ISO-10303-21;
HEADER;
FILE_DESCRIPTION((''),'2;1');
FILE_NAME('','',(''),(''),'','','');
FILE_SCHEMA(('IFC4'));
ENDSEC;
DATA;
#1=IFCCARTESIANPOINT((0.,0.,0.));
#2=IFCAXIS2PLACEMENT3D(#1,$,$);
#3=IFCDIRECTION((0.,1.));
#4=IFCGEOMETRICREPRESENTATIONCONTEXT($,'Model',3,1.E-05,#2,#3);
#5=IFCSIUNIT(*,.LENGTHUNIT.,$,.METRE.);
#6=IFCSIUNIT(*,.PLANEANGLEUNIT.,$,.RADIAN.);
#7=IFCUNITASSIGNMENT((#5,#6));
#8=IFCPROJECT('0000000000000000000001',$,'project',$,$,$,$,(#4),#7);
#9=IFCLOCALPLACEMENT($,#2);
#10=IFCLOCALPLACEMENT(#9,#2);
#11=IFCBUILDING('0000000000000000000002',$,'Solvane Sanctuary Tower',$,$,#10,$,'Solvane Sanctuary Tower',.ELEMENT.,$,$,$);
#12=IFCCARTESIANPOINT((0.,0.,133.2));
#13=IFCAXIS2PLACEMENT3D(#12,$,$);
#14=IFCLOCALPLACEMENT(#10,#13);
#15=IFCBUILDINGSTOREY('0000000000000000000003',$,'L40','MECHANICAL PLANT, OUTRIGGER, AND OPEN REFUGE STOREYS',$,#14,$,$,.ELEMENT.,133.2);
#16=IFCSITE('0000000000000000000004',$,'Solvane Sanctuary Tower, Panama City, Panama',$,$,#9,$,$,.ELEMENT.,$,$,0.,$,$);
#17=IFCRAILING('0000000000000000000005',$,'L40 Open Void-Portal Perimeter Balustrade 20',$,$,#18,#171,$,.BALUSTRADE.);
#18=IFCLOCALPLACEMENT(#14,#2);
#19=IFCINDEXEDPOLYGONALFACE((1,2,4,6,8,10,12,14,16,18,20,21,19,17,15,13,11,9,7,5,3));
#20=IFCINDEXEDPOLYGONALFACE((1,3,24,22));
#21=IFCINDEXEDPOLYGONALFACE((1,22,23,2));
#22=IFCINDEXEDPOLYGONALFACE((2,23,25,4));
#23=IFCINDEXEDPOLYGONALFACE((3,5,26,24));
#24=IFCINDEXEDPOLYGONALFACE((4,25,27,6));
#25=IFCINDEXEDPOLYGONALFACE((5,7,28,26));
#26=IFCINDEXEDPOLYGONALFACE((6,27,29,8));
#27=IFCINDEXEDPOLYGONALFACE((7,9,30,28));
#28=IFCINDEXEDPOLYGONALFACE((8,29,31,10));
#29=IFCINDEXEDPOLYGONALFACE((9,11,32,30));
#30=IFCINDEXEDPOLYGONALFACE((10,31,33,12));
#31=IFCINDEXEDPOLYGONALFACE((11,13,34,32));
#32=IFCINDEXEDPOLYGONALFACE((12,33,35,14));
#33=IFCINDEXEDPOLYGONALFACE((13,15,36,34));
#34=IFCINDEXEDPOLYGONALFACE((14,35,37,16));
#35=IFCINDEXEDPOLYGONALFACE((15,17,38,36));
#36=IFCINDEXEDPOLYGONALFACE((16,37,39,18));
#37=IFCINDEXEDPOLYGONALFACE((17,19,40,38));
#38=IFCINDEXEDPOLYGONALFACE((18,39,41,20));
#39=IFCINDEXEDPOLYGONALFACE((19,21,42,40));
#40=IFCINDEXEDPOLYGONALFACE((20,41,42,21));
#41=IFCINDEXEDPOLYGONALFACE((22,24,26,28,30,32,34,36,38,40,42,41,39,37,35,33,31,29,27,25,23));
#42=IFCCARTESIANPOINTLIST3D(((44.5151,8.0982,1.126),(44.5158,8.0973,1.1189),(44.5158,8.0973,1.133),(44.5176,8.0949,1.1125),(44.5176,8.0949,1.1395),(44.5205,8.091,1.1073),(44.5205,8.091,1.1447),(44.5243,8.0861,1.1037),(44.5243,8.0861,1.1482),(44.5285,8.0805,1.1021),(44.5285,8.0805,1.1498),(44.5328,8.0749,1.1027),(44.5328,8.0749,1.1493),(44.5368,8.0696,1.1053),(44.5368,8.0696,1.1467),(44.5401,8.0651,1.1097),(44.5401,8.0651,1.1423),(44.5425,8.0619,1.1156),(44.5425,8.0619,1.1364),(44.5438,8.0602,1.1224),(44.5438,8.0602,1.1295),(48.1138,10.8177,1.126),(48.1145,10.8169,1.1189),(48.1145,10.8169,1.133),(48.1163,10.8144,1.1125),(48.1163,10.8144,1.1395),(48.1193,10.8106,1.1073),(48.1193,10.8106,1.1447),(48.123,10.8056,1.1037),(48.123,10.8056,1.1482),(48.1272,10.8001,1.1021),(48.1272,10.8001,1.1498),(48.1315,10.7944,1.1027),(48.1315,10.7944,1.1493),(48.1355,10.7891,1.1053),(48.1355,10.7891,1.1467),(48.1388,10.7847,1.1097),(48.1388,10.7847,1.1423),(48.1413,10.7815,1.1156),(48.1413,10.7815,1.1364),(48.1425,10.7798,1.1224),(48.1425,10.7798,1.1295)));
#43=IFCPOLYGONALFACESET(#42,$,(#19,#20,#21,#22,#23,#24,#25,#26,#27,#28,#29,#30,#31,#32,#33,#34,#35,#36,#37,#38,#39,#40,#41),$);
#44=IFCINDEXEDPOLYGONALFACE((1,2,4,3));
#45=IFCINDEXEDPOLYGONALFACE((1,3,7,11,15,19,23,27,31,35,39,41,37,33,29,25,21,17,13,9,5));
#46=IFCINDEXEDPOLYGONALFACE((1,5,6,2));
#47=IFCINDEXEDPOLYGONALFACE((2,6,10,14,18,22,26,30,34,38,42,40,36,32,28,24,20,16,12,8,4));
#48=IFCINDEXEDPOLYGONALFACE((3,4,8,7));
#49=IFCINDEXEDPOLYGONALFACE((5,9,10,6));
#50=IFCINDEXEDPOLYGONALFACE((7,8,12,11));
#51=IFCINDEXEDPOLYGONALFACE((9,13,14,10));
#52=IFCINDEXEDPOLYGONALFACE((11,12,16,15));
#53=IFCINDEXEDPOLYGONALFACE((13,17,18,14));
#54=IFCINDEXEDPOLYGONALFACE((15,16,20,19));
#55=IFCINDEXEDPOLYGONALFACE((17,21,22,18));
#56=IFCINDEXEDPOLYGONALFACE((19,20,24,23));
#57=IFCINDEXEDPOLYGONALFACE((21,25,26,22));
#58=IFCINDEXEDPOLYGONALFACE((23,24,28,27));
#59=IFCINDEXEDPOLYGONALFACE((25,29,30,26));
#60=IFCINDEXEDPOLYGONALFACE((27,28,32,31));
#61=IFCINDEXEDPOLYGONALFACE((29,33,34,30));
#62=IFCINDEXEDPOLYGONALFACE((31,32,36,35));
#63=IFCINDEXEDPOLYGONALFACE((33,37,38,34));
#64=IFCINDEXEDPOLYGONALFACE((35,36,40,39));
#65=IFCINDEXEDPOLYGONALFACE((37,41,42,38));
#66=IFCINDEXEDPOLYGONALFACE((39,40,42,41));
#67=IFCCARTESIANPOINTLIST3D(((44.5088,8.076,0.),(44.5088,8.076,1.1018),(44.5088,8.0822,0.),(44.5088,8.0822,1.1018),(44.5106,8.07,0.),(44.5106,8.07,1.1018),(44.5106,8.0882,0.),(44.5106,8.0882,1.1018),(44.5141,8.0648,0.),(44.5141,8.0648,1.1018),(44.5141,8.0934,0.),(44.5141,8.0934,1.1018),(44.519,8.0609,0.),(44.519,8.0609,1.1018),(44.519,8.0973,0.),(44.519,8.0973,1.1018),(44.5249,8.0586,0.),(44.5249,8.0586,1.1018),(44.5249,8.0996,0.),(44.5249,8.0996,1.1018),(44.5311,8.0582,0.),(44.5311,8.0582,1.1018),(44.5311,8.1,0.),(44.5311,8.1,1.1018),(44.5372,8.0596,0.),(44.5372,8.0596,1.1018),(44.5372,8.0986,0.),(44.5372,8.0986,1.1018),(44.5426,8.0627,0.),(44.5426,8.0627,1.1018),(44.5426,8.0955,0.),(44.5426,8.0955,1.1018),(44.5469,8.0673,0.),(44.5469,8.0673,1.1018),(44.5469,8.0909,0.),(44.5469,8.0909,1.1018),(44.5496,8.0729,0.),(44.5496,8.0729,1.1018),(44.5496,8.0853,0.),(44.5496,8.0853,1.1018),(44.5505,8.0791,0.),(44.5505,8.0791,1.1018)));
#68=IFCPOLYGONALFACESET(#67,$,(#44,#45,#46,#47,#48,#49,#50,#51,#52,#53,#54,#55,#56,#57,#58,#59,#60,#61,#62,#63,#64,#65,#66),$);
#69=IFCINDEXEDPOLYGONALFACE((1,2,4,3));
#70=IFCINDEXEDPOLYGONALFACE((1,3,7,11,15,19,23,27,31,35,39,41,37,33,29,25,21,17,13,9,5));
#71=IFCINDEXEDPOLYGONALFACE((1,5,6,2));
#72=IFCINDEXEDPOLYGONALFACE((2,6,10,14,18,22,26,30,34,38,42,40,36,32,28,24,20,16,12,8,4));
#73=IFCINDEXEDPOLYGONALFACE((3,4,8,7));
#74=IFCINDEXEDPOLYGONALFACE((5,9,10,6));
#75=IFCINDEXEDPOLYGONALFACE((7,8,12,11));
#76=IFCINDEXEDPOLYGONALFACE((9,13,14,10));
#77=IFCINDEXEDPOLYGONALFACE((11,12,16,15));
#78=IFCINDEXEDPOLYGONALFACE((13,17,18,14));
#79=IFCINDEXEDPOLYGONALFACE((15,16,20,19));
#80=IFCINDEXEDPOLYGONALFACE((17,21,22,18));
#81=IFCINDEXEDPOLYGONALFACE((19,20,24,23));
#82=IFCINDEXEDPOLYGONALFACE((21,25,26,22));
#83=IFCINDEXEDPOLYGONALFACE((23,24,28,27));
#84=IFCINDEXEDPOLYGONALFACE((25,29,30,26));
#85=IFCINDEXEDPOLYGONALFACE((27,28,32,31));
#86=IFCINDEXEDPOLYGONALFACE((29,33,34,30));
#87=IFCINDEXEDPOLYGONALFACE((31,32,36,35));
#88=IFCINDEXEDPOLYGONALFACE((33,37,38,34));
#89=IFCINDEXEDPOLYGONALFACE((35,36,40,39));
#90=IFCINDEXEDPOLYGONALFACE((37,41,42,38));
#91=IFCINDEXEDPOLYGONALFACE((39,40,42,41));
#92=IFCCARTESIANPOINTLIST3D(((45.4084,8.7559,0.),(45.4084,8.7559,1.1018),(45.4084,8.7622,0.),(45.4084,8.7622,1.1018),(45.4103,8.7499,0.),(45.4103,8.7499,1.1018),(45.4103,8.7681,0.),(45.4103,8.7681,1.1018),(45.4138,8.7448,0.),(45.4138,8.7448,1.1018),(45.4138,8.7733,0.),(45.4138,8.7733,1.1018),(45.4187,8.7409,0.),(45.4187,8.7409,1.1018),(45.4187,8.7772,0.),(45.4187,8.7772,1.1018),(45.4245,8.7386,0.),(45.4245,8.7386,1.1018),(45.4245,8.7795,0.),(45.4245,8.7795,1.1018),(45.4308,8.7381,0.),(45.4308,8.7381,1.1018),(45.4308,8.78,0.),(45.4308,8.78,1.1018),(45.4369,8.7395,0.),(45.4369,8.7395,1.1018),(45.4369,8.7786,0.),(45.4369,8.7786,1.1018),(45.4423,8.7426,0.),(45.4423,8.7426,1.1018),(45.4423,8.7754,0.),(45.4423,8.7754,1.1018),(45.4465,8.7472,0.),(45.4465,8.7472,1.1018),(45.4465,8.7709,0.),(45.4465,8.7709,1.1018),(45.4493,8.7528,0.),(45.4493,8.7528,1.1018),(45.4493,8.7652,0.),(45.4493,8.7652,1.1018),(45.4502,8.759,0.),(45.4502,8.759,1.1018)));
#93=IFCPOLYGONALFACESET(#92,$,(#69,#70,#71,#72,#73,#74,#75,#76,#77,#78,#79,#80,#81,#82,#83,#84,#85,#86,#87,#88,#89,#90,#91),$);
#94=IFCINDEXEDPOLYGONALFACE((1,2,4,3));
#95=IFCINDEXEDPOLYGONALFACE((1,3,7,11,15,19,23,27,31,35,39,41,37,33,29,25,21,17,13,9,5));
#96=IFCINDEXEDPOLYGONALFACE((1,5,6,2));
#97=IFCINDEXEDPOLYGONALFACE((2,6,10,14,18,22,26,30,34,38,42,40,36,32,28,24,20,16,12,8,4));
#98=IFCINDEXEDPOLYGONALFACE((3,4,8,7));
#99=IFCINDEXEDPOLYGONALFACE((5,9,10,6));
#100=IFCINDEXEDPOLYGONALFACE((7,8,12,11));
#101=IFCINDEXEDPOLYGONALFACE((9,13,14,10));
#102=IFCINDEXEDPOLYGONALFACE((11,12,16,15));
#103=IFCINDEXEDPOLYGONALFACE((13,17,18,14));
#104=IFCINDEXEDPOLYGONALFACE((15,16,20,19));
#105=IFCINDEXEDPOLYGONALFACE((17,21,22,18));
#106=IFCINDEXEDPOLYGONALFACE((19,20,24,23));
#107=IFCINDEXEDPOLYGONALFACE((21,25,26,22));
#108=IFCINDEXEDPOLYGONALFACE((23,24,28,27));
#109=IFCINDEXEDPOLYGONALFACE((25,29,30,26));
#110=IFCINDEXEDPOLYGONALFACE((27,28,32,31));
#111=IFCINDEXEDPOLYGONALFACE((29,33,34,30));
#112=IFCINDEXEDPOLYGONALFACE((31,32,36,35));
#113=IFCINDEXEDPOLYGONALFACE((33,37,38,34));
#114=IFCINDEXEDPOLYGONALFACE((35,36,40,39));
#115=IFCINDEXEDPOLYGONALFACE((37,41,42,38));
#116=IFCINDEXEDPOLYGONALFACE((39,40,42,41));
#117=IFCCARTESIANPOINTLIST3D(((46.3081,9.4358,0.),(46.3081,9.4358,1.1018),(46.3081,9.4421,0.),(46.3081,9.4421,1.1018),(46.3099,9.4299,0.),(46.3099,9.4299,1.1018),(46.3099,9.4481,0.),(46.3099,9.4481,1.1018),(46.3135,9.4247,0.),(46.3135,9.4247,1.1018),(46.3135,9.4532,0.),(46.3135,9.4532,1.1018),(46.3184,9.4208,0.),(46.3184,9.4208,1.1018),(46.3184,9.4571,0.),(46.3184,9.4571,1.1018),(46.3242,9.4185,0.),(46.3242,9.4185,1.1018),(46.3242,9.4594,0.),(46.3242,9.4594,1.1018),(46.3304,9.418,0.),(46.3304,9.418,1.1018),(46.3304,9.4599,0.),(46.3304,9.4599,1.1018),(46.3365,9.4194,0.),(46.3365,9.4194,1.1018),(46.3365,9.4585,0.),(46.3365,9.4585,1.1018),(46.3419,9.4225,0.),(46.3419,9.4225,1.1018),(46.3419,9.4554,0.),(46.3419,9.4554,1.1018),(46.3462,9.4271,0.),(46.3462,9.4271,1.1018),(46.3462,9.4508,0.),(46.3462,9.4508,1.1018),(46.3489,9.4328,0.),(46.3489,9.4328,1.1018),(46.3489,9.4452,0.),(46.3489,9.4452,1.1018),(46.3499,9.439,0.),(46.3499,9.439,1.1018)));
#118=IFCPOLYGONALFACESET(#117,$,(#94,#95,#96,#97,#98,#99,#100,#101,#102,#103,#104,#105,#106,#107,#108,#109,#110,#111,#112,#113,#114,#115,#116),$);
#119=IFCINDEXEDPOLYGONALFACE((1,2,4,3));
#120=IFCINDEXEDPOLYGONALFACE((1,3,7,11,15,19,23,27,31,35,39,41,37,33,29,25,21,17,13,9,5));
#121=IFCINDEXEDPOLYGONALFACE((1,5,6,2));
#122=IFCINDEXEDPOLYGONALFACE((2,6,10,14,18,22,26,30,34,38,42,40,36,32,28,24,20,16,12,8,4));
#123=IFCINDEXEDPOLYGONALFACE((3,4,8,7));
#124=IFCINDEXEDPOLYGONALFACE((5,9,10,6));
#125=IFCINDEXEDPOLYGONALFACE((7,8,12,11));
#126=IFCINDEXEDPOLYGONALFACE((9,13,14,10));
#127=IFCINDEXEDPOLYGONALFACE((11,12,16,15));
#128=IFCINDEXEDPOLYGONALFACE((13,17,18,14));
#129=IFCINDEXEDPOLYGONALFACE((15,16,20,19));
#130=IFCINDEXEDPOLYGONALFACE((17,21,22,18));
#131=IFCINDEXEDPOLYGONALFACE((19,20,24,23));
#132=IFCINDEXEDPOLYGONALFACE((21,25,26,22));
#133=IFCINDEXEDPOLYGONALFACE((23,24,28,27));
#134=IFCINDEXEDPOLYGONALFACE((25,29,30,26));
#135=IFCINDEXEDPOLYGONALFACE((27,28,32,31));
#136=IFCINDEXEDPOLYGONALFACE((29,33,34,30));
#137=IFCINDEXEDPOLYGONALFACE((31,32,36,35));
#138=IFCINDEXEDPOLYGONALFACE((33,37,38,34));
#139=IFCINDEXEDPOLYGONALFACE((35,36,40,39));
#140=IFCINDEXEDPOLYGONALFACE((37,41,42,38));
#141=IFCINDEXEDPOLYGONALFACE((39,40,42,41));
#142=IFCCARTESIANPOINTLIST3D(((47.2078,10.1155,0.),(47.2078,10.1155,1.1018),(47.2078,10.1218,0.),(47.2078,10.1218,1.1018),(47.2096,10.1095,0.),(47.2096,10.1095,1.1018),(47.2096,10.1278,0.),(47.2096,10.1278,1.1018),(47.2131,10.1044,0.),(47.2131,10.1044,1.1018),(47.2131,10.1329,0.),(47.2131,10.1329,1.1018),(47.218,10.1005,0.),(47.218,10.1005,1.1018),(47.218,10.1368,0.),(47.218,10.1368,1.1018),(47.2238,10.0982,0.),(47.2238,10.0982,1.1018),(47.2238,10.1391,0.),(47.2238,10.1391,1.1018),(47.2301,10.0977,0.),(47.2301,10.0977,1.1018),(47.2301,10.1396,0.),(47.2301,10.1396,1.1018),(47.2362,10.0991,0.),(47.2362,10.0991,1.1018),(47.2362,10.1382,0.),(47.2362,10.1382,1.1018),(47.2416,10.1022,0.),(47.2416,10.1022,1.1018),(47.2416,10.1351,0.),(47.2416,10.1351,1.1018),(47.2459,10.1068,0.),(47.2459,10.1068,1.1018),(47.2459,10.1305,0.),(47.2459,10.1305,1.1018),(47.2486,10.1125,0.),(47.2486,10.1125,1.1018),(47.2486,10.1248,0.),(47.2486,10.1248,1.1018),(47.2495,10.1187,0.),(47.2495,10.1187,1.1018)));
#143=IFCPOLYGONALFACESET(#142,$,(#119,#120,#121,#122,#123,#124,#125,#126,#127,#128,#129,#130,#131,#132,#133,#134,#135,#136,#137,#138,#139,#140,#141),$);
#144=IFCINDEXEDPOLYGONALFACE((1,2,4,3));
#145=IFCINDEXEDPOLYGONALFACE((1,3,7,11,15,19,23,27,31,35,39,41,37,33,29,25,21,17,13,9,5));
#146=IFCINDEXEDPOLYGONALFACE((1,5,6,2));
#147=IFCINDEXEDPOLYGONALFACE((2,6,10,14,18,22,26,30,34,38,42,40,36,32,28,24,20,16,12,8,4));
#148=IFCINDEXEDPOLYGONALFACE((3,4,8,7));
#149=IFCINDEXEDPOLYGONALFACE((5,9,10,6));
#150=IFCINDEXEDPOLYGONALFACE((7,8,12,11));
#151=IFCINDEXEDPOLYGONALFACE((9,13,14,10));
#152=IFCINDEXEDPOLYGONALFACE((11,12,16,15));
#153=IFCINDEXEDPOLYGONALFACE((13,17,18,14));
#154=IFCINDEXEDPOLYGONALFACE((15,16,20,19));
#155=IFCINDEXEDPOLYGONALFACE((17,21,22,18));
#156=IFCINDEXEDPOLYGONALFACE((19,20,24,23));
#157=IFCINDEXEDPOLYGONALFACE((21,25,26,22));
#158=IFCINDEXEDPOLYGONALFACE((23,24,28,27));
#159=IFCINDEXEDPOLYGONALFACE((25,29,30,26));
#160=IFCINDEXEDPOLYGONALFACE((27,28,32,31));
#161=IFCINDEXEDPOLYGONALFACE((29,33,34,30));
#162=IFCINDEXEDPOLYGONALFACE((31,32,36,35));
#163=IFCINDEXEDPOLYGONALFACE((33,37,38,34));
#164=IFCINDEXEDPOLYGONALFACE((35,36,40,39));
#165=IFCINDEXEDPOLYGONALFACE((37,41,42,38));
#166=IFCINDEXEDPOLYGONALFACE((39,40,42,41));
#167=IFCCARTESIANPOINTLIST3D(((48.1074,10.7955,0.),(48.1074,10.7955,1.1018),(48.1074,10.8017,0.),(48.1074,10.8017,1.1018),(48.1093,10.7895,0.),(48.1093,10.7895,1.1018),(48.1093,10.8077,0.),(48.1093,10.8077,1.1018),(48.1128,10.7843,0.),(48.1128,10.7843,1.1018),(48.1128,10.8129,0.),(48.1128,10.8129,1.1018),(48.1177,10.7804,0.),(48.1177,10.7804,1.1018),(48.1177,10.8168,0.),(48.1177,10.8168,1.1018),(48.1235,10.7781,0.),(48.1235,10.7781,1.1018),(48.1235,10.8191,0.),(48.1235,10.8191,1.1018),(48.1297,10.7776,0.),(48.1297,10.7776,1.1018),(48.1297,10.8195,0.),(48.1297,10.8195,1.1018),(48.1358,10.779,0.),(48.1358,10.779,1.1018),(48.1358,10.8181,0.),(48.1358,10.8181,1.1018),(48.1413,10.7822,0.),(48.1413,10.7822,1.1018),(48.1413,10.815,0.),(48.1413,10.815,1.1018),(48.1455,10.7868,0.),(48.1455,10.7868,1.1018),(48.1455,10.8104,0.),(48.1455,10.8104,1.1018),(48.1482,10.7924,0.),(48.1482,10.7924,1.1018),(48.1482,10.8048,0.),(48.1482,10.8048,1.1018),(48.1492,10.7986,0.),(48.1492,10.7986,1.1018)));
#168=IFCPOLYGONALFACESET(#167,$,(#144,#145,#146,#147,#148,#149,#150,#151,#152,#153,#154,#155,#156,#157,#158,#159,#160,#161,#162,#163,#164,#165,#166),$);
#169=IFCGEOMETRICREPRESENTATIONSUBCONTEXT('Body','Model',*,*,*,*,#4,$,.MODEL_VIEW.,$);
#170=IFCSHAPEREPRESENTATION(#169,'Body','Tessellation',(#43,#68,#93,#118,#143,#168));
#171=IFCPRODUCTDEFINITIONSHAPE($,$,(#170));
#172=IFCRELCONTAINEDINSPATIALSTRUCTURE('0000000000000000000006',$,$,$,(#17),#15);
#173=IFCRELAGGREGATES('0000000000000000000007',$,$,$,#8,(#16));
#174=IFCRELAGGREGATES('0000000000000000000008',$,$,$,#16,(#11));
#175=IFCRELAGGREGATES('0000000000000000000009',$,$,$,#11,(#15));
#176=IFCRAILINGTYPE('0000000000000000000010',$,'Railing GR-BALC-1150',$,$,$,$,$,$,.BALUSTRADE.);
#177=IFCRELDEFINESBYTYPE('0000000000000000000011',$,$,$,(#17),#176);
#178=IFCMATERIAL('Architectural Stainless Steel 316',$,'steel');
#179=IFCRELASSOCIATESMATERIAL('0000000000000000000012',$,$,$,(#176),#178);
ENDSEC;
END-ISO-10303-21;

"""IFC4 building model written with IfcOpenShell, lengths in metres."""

from ifc_helpers import new_model, si_unit, direction, frame, origin, origin_2d, place, context, subcontext, project, spatial, circle, extrude, material, type_object, element, save


model = new_model("IFC4")

# Units and contexts
model_context = context("Model", 3, precision=1e-05, world=origin(), true_north=direction((0.0, 1.0)))
body_context = subcontext(model_context, "Body", "Model", "MODEL_VIEW")
ifc_project = project(units=[si_unit("LENGTHUNIT", "METRE"), si_unit("PLANEANGLEUNIT", "RADIAN")], contexts=[model_context])

# Site, building, storey
site_placement = place(None, origin())
site = spatial("IfcSite", under=ifc_project, at=site_placement, Name="Solvane Sanctuary Tower, Panama City, Panama", CompositionType="ELEMENT", RefElevation=0.0)
building_placement = place(site_placement, origin())
building = spatial("IfcBuilding", under=site, at=building_placement, Name="Solvane Sanctuary Tower", LongName="Solvane Sanctuary Tower", CompositionType="ELEMENT")
storey_placement = place(building_placement, frame((0.0, 0.0, 133.2)))
storey = spatial("IfcBuildingStorey", under=building, at=storey_placement, Name="L40", Description="MECHANICAL PLANT, OUTRIGGER, AND OPEN REFUGE STOREYS", CompositionType="ELEMENT", Elevation=133.2)

# Shared definitions
ifc_material_1 = material(Name="Architectural Stainless Steel 316", Category="steel")

# Railing
railing_type_1 = type_object("IfcRailingType", Name="Railing GR-BALC-1150", PredefinedType="BALUSTRADE", material=ifc_material_1)
railing_1_placement = place(storey_placement, frame((44.5295, 8.0791, 0.0)))
element("IfcRailing", 1, at=railing_1_placement, inside=storey, type_object=railing_type_1, Name="L40 Open Void-Portal Perimeter Balustrade 20", PredefinedType="BALUSTRADE", context=body_context, shape_type="SweptSolid", body=[
    extrude(circle(Radius=0.0239, at=origin_2d()), frame((0.0, 0.0, 1.126), z_axis=(0.797812, 0.602906, 0.0), x_axis=(-0.602906, 0.797812, 0.0)), (0.0, 0.0, 1.0), 4.5107),
    extrude(circle(Radius=0.021, at=origin_2d()), origin(), (0.0, 0.0, 1.0), 1.1018),
    extrude(circle(Radius=0.021, at=origin_2d()), frame((0.8997, 0.6799, 0.0)), (0.0, 0.0, 1.0), 1.1018),
    extrude(circle(Radius=0.021, at=origin_2d()), frame((1.7993, 1.3599, 0.0)), (0.0, 0.0, 1.0), 1.1018),
    extrude(circle(Radius=0.021, at=origin_2d()), frame((2.699, 2.0396, 0.0)), (0.0, 0.0, 1.0), 1.1018),
    extrude(circle(Radius=0.021, at=origin_2d()), frame((3.5986, 2.7195, 0.0)), (0.0, 0.0, 1.0), 1.1018),
])

save(model, "model.ifc")
